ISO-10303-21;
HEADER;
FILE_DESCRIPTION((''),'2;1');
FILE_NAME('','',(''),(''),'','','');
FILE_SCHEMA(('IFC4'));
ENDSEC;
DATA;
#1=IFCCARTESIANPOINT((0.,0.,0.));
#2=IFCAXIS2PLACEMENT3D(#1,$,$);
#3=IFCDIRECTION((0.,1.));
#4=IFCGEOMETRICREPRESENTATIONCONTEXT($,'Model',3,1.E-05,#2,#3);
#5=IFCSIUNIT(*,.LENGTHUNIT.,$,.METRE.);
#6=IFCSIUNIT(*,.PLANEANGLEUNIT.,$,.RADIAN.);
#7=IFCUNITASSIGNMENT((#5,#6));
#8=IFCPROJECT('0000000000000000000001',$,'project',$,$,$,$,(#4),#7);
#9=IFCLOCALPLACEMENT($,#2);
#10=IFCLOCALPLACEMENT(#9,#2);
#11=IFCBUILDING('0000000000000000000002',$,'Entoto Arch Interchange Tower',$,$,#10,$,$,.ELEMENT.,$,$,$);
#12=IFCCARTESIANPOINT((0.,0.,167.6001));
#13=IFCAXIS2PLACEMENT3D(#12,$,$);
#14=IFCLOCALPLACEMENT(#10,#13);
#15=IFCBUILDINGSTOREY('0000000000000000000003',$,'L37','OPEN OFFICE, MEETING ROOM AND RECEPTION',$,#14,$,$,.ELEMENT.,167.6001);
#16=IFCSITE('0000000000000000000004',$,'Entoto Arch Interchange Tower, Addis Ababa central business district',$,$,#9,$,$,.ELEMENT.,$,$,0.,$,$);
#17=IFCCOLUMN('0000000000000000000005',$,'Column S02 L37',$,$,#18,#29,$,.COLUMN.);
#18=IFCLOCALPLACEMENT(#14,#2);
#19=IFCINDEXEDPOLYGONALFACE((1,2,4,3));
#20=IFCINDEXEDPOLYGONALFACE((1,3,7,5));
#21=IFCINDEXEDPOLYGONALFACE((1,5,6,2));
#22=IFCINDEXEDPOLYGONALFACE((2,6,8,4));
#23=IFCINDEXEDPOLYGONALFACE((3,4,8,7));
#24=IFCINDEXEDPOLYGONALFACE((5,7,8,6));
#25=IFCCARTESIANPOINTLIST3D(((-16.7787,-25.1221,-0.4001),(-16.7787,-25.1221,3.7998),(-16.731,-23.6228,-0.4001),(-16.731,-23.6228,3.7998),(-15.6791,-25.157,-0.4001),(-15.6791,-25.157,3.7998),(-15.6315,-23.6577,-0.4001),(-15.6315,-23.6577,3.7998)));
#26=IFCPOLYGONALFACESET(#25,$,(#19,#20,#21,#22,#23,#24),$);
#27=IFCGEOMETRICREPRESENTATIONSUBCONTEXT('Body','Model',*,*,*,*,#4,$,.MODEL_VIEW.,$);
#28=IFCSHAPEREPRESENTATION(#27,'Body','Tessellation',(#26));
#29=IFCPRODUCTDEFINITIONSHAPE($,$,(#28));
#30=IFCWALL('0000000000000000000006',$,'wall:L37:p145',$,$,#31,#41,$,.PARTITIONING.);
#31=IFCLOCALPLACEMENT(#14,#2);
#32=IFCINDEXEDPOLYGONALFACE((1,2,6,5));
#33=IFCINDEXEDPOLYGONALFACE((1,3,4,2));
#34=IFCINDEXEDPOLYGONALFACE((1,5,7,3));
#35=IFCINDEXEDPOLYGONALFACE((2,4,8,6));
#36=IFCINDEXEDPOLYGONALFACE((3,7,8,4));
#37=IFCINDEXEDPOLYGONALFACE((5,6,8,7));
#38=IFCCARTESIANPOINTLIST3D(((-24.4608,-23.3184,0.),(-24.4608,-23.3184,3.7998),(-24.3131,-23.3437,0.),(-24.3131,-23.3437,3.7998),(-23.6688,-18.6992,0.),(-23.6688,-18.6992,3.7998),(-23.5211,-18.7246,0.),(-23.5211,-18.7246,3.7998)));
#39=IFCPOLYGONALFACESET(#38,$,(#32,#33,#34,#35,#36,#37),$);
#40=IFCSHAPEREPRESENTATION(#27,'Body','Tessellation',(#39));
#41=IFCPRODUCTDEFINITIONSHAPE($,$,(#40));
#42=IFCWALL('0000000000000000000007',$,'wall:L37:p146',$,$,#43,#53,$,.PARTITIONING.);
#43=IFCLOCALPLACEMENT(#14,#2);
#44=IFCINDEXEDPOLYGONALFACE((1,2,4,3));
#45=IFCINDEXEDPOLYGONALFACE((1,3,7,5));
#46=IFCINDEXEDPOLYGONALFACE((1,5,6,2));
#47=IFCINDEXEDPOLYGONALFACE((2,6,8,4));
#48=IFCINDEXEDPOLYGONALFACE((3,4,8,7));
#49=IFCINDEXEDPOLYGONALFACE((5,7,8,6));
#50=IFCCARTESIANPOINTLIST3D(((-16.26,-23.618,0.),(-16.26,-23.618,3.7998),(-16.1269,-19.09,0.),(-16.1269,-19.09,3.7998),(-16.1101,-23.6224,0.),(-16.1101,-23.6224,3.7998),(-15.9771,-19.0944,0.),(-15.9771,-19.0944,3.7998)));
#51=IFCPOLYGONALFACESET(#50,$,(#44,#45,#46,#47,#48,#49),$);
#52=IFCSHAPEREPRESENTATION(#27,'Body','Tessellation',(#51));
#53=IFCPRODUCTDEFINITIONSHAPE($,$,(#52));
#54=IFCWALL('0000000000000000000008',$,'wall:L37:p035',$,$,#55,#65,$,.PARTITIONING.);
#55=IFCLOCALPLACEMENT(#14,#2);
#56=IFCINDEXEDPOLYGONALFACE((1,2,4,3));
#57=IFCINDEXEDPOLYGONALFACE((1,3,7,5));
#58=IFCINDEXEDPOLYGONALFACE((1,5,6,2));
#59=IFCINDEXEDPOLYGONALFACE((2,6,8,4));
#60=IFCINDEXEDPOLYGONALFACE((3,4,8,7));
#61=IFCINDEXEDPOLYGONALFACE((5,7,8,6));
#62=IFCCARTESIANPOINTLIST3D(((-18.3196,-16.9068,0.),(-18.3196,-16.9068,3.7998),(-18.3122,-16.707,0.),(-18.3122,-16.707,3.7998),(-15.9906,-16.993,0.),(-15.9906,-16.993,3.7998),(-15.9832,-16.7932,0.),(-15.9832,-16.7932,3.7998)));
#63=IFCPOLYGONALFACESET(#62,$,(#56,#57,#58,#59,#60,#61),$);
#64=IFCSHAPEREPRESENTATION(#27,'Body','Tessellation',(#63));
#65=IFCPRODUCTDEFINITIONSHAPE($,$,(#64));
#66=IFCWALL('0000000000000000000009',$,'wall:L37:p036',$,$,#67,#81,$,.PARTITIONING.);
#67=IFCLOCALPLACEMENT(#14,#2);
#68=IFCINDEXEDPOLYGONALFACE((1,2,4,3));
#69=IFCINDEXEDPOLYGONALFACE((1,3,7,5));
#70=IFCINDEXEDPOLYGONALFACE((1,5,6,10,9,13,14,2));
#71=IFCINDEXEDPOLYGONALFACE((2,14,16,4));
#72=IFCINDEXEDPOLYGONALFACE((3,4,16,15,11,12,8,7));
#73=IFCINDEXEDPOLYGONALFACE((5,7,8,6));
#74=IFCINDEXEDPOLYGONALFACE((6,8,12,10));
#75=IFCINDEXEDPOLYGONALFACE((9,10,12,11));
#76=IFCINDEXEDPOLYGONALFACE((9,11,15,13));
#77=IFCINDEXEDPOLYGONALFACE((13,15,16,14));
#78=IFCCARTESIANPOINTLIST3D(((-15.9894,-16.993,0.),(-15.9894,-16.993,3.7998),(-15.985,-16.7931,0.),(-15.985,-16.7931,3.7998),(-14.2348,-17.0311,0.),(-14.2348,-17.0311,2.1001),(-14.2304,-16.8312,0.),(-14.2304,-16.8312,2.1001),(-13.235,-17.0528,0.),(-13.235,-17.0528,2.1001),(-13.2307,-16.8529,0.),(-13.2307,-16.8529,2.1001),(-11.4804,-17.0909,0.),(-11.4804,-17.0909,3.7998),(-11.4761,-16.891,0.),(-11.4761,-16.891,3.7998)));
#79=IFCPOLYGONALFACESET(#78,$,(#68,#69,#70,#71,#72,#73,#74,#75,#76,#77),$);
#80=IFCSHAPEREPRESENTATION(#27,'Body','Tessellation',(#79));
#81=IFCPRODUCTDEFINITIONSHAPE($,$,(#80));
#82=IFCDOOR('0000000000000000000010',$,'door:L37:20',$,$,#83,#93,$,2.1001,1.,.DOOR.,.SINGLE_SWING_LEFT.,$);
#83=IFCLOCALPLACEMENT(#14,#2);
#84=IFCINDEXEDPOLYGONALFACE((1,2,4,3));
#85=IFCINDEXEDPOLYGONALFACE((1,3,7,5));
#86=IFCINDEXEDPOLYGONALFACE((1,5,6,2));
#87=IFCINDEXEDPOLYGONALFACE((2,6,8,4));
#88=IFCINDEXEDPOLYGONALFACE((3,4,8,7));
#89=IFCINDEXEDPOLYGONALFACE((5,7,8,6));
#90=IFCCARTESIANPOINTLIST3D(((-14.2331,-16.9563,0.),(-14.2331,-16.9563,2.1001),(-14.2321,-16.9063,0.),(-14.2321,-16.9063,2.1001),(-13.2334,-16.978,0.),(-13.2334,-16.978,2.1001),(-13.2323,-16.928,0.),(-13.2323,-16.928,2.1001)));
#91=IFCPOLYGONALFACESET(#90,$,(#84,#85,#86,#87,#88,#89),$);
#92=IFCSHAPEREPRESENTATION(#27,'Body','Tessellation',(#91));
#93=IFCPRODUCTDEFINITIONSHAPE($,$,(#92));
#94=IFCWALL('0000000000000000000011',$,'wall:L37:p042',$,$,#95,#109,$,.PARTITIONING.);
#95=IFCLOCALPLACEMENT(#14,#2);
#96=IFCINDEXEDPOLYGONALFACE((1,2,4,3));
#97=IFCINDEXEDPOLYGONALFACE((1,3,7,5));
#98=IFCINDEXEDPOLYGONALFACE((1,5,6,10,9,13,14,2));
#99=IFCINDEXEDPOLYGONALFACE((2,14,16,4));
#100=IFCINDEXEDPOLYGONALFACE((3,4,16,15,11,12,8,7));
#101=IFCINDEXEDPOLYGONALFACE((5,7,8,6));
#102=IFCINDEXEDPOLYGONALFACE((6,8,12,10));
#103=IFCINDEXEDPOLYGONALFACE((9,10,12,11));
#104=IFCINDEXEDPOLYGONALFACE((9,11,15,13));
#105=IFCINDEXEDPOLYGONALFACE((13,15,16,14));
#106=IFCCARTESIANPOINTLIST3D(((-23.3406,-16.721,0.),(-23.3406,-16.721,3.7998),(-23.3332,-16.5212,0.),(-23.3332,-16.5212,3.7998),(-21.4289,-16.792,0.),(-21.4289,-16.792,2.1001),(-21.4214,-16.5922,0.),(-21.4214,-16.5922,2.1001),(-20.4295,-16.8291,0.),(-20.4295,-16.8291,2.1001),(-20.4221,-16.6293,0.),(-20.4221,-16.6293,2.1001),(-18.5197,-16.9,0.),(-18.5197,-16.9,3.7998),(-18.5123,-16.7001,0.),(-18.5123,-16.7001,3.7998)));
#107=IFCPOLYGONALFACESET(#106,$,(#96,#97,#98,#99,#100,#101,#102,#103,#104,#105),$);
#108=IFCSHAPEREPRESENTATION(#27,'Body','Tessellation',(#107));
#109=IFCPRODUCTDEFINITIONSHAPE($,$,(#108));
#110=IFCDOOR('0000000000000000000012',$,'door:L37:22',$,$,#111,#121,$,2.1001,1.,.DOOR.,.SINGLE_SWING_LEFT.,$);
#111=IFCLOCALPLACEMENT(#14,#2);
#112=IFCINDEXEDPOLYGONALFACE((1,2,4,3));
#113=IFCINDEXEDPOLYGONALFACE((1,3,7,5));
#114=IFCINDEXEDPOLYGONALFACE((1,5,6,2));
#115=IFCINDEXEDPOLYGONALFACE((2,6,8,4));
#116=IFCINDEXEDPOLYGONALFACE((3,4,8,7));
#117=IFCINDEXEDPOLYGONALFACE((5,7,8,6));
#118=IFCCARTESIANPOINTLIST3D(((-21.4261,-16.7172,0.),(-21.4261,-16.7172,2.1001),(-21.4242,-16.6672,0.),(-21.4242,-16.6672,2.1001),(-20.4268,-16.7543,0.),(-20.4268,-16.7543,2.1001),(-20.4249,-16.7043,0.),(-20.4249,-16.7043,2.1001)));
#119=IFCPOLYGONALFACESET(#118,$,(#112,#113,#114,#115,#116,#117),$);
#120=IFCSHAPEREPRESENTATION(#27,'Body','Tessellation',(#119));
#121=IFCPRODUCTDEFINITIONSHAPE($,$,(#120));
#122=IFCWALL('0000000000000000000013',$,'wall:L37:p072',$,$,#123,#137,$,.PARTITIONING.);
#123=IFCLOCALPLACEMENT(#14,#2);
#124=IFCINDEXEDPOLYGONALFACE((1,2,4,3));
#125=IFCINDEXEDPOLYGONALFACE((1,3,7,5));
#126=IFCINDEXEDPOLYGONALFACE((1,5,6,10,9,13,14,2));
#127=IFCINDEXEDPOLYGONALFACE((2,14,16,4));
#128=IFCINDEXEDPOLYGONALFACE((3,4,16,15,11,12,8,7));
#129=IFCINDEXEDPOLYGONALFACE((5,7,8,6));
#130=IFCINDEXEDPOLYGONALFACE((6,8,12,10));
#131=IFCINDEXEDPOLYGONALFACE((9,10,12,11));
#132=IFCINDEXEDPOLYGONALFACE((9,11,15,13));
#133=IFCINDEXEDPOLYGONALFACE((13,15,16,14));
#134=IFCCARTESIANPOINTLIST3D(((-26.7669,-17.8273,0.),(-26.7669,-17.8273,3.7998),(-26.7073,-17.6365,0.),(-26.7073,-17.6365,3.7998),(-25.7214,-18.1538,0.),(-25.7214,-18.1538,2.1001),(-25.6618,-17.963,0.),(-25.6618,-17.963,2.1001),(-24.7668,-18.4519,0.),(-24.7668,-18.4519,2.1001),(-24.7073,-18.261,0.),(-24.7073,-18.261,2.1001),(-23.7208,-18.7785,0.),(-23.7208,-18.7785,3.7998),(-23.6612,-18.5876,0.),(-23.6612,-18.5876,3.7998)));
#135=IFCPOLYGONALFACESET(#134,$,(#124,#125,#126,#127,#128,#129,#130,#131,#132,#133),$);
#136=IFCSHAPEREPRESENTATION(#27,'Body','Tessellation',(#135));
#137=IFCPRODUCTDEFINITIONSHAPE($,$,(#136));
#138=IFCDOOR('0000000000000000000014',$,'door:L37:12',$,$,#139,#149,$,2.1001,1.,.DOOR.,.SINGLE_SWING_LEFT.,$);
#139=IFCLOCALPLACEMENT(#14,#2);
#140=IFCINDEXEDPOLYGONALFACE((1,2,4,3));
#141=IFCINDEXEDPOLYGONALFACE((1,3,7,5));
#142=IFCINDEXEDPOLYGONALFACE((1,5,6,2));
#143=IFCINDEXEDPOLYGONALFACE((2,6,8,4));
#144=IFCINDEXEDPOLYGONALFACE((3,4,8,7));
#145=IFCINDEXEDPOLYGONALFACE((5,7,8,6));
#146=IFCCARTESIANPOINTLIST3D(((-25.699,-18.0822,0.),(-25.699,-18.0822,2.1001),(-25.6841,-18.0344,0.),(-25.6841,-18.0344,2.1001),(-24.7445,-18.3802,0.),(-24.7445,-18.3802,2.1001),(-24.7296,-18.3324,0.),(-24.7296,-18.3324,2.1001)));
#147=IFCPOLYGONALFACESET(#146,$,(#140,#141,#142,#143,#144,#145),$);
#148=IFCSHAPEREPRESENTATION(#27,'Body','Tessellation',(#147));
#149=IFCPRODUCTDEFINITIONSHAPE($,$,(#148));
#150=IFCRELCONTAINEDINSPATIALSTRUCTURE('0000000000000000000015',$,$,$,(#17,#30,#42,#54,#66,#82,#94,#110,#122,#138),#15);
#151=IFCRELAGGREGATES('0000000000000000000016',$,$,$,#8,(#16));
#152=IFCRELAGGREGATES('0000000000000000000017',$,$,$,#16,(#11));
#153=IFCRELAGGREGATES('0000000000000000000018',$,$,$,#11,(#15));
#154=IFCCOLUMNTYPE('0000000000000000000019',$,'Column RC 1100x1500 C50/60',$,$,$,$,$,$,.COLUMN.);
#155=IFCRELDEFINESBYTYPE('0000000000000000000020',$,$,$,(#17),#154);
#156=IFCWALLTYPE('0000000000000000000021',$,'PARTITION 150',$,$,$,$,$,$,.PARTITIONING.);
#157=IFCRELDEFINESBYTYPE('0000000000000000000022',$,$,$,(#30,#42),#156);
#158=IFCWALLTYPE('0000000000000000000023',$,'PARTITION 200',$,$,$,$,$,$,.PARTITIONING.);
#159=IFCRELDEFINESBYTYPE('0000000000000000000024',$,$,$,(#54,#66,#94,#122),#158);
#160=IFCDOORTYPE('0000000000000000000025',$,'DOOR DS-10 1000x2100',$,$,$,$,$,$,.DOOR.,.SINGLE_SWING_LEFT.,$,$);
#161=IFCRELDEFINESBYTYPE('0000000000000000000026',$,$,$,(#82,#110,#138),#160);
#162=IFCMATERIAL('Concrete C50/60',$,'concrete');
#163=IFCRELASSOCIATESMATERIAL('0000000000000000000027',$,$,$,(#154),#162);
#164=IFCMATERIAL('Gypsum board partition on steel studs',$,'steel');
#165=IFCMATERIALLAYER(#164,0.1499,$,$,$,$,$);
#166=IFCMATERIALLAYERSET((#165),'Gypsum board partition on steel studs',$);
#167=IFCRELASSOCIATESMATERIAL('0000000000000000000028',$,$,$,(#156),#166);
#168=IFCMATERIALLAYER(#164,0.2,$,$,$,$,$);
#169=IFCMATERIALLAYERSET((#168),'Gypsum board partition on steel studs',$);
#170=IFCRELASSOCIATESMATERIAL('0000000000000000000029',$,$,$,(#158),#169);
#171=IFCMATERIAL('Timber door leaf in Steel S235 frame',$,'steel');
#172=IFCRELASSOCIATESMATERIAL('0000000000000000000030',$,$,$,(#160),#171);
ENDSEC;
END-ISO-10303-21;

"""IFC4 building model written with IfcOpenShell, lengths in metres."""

from ifc_helpers import new_model, si_unit, direction, frame, frame_2d, origin, origin_2d, place, context, subcontext, project, spatial, rectangle, extrude, material, layer, layer_set, material_profile, profile_set, type_object, element, fill, save


model = new_model("IFC4")

# Units and contexts
model_context = context("Model", 3, precision=1e-05, world=origin(), true_north=direction((0.0, 1.0)))
body_context = subcontext(model_context, "Body", "Model", "MODEL_VIEW")
ifc_project = project(units=[si_unit("LENGTHUNIT", "METRE"), si_unit("PLANEANGLEUNIT", "RADIAN")], contexts=[model_context])

# Site, building, storey
site_placement = place(None, origin())
site = spatial("IfcSite", under=ifc_project, at=site_placement, Name="Entoto Arch Interchange Tower, Addis Ababa central business district", CompositionType="ELEMENT", RefElevation=0.0)
building_placement = place(site_placement, origin())
building = spatial("IfcBuilding", under=site, at=building_placement, Name="Entoto Arch Interchange Tower", CompositionType="ELEMENT")
storey_placement = place(building_placement, frame((0.0, 0.0, 167.6001)))
storey = spatial("IfcBuildingStorey", under=building, at=storey_placement, Name="L37", Description="OPEN OFFICE, MEETING ROOM AND RECEPTION", CompositionType="ELEMENT", Elevation=167.6001)

# Column
ifc_material_1 = material(Name="Concrete C50/60", Category="concrete")
ifc_material_profile = material_profile(ifc_material_1, rectangle(XDim=1.1001, YDim=1.5, at=origin_2d()))
ifc_profile_set = profile_set([ifc_material_profile], Name="Concrete C50/60")
column_type = type_object("IfcColumnType", Name="Column RC 1100x1500 C50/60", PredefinedType="COLUMN", material=ifc_profile_set)
column_placement = place(storey_placement, frame((-16.2051, -24.3899, -0.4001), z_axis=(0.0, 0.0, 1.0), x_axis=(-0.999496, 0.031742, 0.0)))
element("IfcColumn", 1, at=column_placement, inside=storey, type_object=column_type, Name="Column S02 L37", PredefinedType="COLUMN", context=body_context, shape_type="SweptSolid", body=[
    extrude(rectangle(XDim=1.1001, YDim=1.5, at=origin_2d()), origin(), (0.0, 0.0, 1.0), 4.2),
])

# Walls
ifc_material_2 = material(Name="Gypsum board partition on steel studs", Category="steel")
ifc_layer_1 = layer(ifc_material_2, 0.1499)
ifc_layer_set_1 = layer_set([ifc_layer_1], Name="Gypsum board partition on steel studs")
wall_type_1 = type_object("IfcWallType", Name="PARTITION 150", PredefinedType="PARTITIONING", material=ifc_layer_set_1)
wall_1_placement = place(storey_placement, frame((-23.595, -18.7119, 0.0), z_axis=(0.0, 0.0, 1.0), x_axis=(-0.168993, -0.985617, 0.0)))
element("IfcWall", 2, at=wall_1_placement, inside=storey, type_object=wall_type_1, Name="wall:L37:p145", PredefinedType="PARTITIONING", context=body_context, shape_type="SweptSolid", body=[
    extrude(rectangle(XDim=4.6865, YDim=0.1499, at=frame_2d((2.3433, 0.0))), origin(), (0.0, 0.0, 1.0), 3.7998),
])
wall_2_placement = place(storey_placement, frame((-16.052, -19.092, 0.0), z_axis=(0.0, 0.0, 1.0), x_axis=(-0.029372, -0.999569, 0.0)))
element("IfcWall", 3, at=wall_2_placement, inside=storey, type_object=wall_type_1, Name="wall:L37:p146", PredefinedType="PARTITIONING", context=body_context, shape_type="SweptSolid", body=[
    extrude(rectangle(XDim=4.53, YDim=0.1499, at=frame_2d((2.2651, 0.0))), origin(), (0.0, 0.0, 1.0), 3.7998),
])
ifc_layer_2 = layer(ifc_material_2, 0.2)
ifc_layer_set_2 = layer_set([ifc_layer_2], Name="Gypsum board partition on steel studs")
wall_type_2 = type_object("IfcWallType", Name="PARTITION 200", PredefinedType="PARTITIONING", material=ifc_layer_set_2)
wall_3_placement = place(storey_placement, frame((-18.3159, -16.8069, 0.0), z_axis=(0.0, 0.0, 1.0), x_axis=(0.999316, -0.036981, 0.0)))
element("IfcWall", 4, at=wall_3_placement, inside=storey, type_object=wall_type_2, Name="wall:L37:p035", PredefinedType="PARTITIONING", context=body_context, shape_type="SweptSolid", body=[
    extrude(rectangle(XDim=2.3306, YDim=0.2, at=frame_2d((1.1653, 0.0))), origin(), (0.0, 0.0, 1.0), 3.7998),
])

# Walls, openings, doors
wall_4_placement = place(storey_placement, frame((-15.9871, -16.8931, 0.0), z_axis=(0.0, 0.0, 1.0), x_axis=(0.999764, -0.021707, 0.0)))
wall_4 = element("IfcWall", 5, at=wall_4_placement, inside=storey, type_object=wall_type_2, Name="wall:L37:p036", PredefinedType="PARTITIONING", context=body_context, shape_type="SweptSolid", body=[
    extrude(rectangle(XDim=4.51, YDim=0.2, at=frame_2d((2.2549, 0.0))), origin(), (0.0, 0.0, 1.0), 3.7998),
])
opening_1_placement = place(wall_4_placement, frame((1.7549, 0.0, 0.0)))
opening_1 = element("IfcOpeningElement", 6, at=opening_1_placement, cuts=wall_4, PredefinedType="OPENING", context=body_context, shape_type="SweptSolid", body=[
    extrude(rectangle(XDim=1.0, YDim=2.1001, at=frame_2d((0.5, 1.05))), frame((0.0, 0.1099, 0.0), z_axis=(0.0, -1.0, 0.0), x_axis=(1.0, 0.0, 0.0)), (0.0, 0.0, 1.0), 0.22),
])
ifc_material_3 = material(Name="Timber door leaf in Steel S235 frame", Category="steel")
door_type = type_object("IfcDoorType", Name="DOOR DS-10 1000x2100", OperationType="SINGLE_SWING_LEFT", PredefinedType="DOOR", material=ifc_material_3)
door_1_placement = place(opening_1_placement, origin())
door_1 = element("IfcDoor", 7, at=door_1_placement, inside=storey, type_object=door_type, Name="door:L37:20", OperationType="SINGLE_SWING_LEFT", OverallHeight=2.1001, OverallWidth=1.0, PredefinedType="DOOR", context=body_context, shape_type="SweptSolid", body=[
    extrude(rectangle(XDim=1.0, YDim=2.1001, at=frame_2d((0.5, 1.05))), frame((0.0, 0.0249, 0.0), z_axis=(0.0, -1.0, 0.0), x_axis=(1.0, 0.0, 0.0)), (0.0, 0.0, 1.0), 0.05),
])
fill(opening_1, door_1)
wall_5_placement = place(storey_placement, frame((-23.3369, -16.6211, 0.0), z_axis=(0.0, 0.0, 1.0), x_axis=(0.999312, -0.037096, 0.0)))
wall_5 = element("IfcWall", 8, at=wall_5_placement, inside=storey, type_object=wall_type_2, Name="wall:L37:p042", PredefinedType="PARTITIONING", context=body_context, shape_type="SweptSolid", body=[
    extrude(rectangle(XDim=4.8242, YDim=0.2, at=frame_2d((2.4121, 0.0))), origin(), (0.0, 0.0, 1.0), 3.7998),
])
opening_2_placement = place(wall_5_placement, frame((1.9131, 0.0, 0.0)))
opening_2 = element("IfcOpeningElement", 9, at=opening_2_placement, cuts=wall_5, PredefinedType="OPENING", context=body_context, shape_type="SweptSolid", body=[
    extrude(rectangle(XDim=1.0, YDim=2.1001, at=frame_2d((0.5, 1.05))), frame((0.0, 0.1099, 0.0), z_axis=(0.0, -1.0, 0.0), x_axis=(1.0, 0.0, 0.0)), (0.0, 0.0, 1.0), 0.22),
])
door_2_placement = place(opening_2_placement, origin())
door_2 = element("IfcDoor", 10, at=door_2_placement, inside=storey, type_object=door_type, Name="door:L37:22", OperationType="SINGLE_SWING_LEFT", OverallHeight=2.1001, OverallWidth=1.0, PredefinedType="DOOR", context=body_context, shape_type="SweptSolid", body=[
    extrude(rectangle(XDim=1.0, YDim=2.1001, at=frame_2d((0.5, 1.05))), frame((0.0, 0.0249, 0.0), z_axis=(0.0, -1.0, 0.0), x_axis=(1.0, 0.0, 0.0)), (0.0, 0.0, 1.0), 0.05),
])
fill(opening_2, door_2)
wall_6_placement = place(storey_placement, frame((-23.6909, -18.6831, 0.0), z_axis=(0.0, 0.0, 1.0), x_axis=(-0.954547, 0.298062, 0.0)))
wall_6 = element("IfcWall", 11, at=wall_6_placement, inside=storey, type_object=wall_type_2, Name="wall:L37:p072", PredefinedType="PARTITIONING", context=body_context, shape_type="SweptSolid", body=[
    extrude(rectangle(XDim=3.1912, YDim=0.2, at=frame_2d((1.5957, 0.0))), origin(), (0.0, 0.0, 1.0), 3.7998),
])
opening_3_placement = place(wall_6_placement, frame((1.0959, 0.0, 0.0)))
opening_3 = element("IfcOpeningElement", 12, at=opening_3_placement, cuts=wall_6, PredefinedType="OPENING", context=body_context, shape_type="SweptSolid", body=[
    extrude(rectangle(XDim=1.0, YDim=2.1001, at=frame_2d((0.5, 1.05))), frame((0.0, 0.1099, 0.0), z_axis=(0.0, -1.0, 0.0), x_axis=(1.0, 0.0, 0.0)), (0.0, 0.0, 1.0), 0.22),
])
door_3_placement = place(opening_3_placement, origin())
door_3 = element("IfcDoor", 13, at=door_3_placement, inside=storey, type_object=door_type, Name="door:L37:12", OperationType="SINGLE_SWING_LEFT", OverallHeight=2.1001, OverallWidth=1.0, PredefinedType="DOOR", context=body_context, shape_type="SweptSolid", body=[
    extrude(rectangle(XDim=1.0, YDim=2.1001, at=frame_2d((0.5, 1.05))), frame((0.0, 0.0249, 0.0), z_axis=(0.0, -1.0, 0.0), x_axis=(1.0, 0.0, 0.0)), (0.0, 0.0, 1.0), 0.05),
])
fill(opening_3, door_3)

save(model, "model.ifc")
